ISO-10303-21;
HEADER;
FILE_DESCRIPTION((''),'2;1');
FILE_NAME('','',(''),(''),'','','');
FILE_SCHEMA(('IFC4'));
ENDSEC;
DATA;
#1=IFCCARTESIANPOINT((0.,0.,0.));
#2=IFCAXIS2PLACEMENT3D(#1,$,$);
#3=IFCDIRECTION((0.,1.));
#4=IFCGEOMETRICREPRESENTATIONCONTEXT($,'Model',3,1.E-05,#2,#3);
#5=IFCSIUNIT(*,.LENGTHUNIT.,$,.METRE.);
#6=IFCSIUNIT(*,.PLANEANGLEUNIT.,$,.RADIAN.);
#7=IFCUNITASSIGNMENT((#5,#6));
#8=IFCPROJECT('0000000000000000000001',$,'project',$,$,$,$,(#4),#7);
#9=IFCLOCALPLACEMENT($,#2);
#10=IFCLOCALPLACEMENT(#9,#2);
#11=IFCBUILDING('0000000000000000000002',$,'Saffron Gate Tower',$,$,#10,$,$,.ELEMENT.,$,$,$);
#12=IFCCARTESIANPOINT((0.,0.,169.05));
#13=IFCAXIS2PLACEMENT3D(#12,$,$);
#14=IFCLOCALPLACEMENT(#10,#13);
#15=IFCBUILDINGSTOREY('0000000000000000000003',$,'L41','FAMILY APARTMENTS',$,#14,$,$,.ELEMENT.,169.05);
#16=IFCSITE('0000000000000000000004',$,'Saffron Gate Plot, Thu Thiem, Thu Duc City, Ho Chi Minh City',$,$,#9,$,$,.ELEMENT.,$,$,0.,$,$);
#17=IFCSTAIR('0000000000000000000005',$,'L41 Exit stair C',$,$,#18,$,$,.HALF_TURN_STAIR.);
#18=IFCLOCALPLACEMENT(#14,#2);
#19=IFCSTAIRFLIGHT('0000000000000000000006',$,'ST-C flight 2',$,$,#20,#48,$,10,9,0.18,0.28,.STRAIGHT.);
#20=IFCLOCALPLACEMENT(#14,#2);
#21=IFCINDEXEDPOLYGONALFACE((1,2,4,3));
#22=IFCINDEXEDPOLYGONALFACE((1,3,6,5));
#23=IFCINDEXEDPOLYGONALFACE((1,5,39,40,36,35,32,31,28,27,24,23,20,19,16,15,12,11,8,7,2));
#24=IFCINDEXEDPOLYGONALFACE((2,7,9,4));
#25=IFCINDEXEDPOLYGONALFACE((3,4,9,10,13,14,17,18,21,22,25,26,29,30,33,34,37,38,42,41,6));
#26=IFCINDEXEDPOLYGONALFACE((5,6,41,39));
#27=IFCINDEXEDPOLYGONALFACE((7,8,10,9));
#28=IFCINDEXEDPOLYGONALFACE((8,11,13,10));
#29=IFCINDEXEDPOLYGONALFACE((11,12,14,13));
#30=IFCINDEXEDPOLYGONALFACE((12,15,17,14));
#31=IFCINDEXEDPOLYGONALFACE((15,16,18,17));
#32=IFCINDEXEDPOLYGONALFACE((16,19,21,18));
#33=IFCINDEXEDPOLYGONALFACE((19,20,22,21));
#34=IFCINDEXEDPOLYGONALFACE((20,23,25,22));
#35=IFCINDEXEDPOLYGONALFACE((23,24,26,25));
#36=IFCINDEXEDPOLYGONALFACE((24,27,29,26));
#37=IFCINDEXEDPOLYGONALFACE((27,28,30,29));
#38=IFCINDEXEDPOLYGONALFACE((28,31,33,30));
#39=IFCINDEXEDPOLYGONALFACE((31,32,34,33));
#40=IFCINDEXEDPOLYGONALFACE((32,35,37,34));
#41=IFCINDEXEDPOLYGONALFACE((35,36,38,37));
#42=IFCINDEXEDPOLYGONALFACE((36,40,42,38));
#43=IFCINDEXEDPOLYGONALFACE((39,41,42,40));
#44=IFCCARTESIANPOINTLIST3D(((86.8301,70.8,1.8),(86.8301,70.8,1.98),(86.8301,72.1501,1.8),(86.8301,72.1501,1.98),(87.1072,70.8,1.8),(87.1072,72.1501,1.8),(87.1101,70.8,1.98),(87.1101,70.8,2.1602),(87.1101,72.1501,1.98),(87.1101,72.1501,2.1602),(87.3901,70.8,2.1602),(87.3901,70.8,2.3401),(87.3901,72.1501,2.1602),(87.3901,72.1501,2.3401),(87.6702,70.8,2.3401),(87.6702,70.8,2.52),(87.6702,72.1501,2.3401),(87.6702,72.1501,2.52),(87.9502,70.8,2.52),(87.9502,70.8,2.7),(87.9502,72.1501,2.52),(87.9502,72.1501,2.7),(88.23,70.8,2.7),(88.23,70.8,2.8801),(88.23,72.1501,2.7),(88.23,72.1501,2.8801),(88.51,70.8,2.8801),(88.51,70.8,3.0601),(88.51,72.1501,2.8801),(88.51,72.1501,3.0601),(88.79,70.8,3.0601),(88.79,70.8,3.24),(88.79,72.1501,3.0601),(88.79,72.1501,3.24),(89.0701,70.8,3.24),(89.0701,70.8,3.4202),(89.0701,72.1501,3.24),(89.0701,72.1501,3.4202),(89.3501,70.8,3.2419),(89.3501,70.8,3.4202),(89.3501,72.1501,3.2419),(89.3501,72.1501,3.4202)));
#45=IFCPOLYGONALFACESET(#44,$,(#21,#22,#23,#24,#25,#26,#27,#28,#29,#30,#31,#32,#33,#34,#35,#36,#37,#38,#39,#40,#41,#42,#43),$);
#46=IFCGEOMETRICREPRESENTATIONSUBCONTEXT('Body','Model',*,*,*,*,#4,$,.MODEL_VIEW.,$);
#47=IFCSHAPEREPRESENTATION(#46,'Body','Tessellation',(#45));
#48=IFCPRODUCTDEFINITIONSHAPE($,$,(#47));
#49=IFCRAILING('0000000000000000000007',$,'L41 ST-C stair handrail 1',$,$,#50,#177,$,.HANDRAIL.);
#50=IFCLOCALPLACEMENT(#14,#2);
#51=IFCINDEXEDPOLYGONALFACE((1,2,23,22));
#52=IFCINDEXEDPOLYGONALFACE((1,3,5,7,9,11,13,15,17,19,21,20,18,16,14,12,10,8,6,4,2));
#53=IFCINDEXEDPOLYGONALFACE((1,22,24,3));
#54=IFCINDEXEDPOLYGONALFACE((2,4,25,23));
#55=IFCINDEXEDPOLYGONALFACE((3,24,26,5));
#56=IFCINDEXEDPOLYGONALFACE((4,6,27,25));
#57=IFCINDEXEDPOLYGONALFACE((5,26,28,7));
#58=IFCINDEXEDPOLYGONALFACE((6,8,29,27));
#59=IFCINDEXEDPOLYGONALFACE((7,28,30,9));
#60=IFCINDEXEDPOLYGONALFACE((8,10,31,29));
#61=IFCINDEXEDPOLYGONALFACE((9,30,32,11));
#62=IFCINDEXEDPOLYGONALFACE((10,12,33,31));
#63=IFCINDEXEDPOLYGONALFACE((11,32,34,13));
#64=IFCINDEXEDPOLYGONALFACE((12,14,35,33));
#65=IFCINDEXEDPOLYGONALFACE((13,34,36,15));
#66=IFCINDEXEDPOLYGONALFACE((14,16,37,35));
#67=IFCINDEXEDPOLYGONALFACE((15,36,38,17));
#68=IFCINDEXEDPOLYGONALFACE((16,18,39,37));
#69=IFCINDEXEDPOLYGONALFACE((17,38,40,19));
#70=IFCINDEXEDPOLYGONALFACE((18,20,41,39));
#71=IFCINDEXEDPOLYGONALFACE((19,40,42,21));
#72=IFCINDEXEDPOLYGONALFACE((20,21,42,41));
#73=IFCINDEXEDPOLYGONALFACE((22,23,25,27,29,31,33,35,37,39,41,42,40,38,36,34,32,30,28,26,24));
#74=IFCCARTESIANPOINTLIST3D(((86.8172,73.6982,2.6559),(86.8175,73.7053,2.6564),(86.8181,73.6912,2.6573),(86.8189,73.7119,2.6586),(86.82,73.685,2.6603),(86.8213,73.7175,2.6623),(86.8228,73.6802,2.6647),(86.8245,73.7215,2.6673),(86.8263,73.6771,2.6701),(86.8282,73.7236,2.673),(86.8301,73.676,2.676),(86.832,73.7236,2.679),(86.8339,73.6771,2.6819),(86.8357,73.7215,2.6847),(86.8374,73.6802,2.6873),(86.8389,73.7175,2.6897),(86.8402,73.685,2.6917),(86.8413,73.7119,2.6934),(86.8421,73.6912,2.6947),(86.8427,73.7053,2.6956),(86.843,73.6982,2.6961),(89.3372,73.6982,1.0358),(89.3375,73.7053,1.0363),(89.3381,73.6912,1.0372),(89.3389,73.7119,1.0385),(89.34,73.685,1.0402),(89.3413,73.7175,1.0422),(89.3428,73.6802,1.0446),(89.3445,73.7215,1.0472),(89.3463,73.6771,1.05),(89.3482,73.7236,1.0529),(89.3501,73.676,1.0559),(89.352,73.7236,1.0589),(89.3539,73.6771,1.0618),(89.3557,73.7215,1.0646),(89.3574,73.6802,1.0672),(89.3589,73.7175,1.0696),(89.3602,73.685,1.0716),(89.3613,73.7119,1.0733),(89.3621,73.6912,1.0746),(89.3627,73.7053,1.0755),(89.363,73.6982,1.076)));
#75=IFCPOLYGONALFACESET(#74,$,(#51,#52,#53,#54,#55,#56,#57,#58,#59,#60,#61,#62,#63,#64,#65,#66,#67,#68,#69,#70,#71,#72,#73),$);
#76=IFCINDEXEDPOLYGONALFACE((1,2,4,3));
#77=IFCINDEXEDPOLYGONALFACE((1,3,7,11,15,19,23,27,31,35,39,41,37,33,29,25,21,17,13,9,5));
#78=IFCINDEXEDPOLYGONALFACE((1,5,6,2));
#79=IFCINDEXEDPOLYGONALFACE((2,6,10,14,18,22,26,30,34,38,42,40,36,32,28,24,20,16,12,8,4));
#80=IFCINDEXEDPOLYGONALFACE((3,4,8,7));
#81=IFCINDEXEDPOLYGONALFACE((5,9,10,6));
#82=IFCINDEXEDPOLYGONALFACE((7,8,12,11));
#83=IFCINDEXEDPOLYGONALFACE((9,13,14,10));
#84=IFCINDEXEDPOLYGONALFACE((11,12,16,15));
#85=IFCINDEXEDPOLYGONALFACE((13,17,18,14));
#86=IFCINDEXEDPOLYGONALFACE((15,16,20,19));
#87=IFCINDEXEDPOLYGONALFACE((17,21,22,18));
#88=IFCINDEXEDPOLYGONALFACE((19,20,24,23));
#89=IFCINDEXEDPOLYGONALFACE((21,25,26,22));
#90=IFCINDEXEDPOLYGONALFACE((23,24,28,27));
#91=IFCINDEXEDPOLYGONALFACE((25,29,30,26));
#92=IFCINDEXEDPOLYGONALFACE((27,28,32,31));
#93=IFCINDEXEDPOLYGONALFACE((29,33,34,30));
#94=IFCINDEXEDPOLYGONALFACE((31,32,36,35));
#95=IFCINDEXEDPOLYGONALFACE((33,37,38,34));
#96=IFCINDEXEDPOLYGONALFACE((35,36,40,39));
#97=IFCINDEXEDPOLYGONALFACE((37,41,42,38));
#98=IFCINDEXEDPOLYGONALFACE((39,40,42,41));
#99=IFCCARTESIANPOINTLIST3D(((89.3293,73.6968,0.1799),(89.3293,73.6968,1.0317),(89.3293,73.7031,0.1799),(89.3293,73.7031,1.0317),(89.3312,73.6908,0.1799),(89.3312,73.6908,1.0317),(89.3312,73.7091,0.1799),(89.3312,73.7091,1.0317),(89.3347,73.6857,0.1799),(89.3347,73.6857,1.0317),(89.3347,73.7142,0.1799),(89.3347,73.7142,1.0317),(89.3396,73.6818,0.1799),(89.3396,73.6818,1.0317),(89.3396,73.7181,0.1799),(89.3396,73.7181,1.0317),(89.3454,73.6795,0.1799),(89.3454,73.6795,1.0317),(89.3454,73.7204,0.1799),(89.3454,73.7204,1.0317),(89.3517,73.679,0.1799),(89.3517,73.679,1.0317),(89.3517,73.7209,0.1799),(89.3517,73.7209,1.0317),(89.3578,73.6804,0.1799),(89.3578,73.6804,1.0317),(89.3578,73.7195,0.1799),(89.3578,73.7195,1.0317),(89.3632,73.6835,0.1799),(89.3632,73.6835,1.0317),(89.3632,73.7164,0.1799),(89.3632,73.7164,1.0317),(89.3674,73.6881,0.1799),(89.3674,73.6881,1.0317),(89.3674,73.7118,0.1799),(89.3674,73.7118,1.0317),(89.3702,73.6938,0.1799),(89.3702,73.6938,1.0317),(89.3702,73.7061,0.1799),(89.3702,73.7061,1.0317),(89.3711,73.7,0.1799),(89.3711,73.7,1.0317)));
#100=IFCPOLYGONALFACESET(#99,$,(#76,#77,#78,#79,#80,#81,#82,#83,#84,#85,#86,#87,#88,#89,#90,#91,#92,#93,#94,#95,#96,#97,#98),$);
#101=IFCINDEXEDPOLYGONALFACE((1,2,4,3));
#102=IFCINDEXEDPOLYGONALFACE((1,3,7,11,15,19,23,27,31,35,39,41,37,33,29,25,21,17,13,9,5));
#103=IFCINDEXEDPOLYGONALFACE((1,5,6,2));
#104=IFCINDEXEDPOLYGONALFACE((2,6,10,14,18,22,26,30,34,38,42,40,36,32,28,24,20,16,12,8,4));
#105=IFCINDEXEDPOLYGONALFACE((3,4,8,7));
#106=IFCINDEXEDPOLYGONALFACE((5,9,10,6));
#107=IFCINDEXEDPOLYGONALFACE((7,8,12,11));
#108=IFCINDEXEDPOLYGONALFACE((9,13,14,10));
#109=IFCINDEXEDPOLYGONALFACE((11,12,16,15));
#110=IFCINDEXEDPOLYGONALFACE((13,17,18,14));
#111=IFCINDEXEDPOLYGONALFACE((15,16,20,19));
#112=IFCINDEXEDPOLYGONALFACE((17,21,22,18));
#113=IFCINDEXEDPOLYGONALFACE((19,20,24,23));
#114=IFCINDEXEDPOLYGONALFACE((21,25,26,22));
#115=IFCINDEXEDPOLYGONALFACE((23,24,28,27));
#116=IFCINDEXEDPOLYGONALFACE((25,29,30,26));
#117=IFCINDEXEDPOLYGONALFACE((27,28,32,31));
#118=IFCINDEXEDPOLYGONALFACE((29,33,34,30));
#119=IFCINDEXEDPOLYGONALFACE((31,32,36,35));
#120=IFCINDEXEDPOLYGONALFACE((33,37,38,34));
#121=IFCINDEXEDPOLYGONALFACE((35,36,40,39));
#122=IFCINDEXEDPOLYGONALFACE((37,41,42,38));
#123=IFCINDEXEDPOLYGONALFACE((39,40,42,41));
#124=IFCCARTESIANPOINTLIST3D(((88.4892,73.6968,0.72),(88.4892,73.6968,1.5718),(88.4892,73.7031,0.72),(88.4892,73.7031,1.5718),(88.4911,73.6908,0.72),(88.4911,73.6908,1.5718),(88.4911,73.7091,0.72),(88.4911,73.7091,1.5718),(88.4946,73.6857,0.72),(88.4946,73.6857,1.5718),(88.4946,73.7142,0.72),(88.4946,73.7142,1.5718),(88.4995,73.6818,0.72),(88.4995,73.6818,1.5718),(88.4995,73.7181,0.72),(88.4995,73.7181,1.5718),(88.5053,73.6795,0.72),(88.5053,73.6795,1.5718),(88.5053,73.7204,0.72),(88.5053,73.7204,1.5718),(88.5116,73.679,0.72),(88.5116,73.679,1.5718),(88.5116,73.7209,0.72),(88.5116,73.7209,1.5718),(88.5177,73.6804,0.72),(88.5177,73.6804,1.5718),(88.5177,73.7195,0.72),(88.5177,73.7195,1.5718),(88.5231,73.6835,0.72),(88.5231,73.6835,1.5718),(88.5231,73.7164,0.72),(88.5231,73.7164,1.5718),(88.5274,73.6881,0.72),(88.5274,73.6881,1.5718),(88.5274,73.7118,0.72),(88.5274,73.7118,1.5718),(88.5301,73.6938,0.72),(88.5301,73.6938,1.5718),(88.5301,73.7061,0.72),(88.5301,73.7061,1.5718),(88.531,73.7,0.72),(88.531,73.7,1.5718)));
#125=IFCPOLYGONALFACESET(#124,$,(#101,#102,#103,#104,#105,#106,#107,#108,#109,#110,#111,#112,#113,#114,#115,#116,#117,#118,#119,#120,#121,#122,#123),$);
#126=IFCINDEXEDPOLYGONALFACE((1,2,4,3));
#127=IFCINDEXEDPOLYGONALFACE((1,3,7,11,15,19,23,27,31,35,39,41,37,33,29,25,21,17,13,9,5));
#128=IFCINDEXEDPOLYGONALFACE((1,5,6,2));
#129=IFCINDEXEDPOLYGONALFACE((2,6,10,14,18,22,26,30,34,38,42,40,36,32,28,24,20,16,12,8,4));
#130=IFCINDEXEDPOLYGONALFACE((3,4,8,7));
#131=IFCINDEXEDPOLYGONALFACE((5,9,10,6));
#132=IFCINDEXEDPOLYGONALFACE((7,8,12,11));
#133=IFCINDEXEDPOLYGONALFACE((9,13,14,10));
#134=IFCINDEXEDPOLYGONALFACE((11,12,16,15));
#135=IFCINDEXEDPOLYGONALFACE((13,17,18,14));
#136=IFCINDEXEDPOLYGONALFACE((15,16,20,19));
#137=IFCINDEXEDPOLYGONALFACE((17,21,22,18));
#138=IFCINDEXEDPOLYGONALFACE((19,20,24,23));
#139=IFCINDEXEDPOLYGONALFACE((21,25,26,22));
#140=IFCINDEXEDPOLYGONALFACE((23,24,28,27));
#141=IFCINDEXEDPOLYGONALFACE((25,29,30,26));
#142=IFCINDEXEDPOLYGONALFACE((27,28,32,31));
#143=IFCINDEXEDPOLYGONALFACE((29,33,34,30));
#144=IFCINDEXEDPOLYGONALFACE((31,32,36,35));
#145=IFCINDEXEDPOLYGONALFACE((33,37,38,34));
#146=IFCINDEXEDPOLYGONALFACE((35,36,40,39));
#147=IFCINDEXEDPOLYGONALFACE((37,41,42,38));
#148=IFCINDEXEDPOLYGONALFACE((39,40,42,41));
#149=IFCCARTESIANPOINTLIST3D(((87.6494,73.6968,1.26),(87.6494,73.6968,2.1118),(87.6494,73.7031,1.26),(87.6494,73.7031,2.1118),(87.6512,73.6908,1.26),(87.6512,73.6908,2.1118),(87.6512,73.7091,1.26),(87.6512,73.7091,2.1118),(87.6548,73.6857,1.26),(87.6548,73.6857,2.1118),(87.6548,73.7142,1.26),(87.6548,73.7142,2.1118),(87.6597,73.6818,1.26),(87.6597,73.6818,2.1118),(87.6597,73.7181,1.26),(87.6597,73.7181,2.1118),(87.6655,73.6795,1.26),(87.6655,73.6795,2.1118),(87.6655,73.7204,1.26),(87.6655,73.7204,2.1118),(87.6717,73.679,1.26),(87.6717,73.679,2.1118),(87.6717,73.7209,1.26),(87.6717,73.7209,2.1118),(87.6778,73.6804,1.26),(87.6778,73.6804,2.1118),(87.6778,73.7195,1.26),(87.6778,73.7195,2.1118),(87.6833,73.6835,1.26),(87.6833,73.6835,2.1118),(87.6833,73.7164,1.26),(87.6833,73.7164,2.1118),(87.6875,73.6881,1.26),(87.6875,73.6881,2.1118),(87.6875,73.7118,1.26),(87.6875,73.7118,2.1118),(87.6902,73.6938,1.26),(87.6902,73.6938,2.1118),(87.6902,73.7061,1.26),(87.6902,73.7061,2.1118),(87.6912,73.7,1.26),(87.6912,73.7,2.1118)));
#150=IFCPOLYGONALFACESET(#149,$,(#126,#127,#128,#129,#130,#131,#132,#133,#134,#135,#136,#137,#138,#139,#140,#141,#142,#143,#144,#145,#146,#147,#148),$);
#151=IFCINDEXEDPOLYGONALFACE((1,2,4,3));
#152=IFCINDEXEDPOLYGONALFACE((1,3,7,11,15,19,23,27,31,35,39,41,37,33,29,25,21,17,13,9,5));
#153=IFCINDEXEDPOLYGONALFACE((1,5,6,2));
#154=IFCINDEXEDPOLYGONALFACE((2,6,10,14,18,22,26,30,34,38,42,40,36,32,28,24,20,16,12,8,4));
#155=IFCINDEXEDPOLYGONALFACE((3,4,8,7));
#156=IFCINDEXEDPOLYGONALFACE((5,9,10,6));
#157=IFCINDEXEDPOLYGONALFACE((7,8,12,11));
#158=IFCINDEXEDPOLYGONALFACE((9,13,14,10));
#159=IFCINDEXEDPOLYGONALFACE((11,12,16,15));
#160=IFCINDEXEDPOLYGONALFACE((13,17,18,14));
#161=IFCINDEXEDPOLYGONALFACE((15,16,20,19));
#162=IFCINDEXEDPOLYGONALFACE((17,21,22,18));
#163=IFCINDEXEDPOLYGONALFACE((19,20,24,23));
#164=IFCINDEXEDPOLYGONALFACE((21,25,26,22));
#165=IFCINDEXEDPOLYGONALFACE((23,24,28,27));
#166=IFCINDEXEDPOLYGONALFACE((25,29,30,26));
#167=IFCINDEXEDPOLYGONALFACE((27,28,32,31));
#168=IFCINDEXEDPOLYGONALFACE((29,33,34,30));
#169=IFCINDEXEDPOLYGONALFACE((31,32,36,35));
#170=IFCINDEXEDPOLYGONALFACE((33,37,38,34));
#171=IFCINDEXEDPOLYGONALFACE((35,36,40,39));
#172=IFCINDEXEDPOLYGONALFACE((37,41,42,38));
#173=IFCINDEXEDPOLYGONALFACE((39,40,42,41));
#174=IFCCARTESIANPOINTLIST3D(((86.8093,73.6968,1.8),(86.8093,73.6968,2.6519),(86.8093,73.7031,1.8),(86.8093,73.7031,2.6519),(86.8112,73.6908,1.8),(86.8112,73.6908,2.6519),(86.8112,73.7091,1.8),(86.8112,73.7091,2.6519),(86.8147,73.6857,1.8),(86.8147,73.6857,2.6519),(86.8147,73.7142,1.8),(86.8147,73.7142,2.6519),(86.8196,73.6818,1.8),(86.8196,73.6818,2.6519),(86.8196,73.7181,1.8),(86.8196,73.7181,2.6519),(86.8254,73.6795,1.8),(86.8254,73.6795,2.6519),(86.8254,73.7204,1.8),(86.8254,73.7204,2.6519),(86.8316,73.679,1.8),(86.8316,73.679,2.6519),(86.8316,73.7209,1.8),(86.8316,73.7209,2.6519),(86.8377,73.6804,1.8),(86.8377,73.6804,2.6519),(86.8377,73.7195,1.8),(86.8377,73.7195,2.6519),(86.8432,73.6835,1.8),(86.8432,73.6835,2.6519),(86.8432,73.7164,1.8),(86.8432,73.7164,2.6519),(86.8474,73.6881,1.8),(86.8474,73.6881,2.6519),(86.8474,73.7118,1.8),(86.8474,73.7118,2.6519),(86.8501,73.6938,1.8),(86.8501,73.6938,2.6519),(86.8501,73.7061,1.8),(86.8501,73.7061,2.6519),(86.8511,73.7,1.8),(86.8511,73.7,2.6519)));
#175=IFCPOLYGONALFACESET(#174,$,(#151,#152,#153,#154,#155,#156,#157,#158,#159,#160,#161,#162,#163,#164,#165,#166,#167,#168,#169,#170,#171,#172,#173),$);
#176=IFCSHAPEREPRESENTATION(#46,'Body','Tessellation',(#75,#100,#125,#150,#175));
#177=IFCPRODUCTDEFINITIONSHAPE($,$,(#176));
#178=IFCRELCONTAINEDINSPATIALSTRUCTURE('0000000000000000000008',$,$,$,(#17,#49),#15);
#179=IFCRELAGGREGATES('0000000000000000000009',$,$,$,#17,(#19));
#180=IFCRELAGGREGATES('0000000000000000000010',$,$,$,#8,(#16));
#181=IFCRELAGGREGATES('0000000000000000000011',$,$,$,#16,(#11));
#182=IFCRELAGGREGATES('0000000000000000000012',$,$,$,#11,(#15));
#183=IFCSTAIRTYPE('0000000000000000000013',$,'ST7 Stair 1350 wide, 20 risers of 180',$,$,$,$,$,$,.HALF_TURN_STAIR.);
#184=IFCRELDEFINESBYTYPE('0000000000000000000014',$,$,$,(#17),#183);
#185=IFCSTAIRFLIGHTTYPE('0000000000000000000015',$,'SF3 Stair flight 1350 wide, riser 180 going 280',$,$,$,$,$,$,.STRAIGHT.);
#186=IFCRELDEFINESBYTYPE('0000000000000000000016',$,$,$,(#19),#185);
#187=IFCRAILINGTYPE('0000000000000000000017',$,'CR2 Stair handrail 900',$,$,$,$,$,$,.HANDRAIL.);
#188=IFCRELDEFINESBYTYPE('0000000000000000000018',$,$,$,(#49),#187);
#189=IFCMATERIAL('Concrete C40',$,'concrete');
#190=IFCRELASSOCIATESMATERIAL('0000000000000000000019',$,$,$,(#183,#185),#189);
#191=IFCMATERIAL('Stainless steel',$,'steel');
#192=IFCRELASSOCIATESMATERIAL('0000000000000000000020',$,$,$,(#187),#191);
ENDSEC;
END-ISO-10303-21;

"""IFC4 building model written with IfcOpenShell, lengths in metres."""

from ifc_helpers import new_model, si_unit, direction, frame, origin, origin_2d, place, context, subcontext, project, spatial, polyline, circle, outline, extrude, material, type_object, element, aggregate, save


model = new_model("IFC4")

# Units and contexts
model_context = context("Model", 3, precision=1e-05, world=origin(), true_north=direction((0.0, 1.0)))
body_context = subcontext(model_context, "Body", "Model", "MODEL_VIEW")
ifc_project = project(units=[si_unit("LENGTHUNIT", "METRE"), si_unit("PLANEANGLEUNIT", "RADIAN")], contexts=[model_context])

# Site, building, storey
site_placement = place(None, origin())
site = spatial("IfcSite", under=ifc_project, at=site_placement, Name="Saffron Gate Plot, Thu Thiem, Thu Duc City, Ho Chi Minh City", CompositionType="ELEMENT", RefElevation=0.0)
building_placement = place(site_placement, origin())
building = spatial("IfcBuilding", under=site, at=building_placement, Name="Saffron Gate Tower", CompositionType="ELEMENT")
storey_placement = place(building_placement, frame((0.0, 0.0, 169.05)))
storey = spatial("IfcBuildingStorey", under=building, at=storey_placement, Name="L41", Description="FAMILY APARTMENTS", CompositionType="ELEMENT", Elevation=169.05)

# Stair, stair flight
ifc_material_1 = material(Name="Concrete C40", Category="concrete")
stair_type = type_object("IfcStairType", Name="ST7 Stair 1350 wide, 20 risers of 180", PredefinedType="HALF_TURN_STAIR", material=ifc_material_1)
stair_placement = place(storey_placement, origin())
stair = element("IfcStair", 1, at=stair_placement, inside=storey, type_object=stair_type, Name="L41 Exit stair C", PredefinedType="HALF_TURN_STAIR")
stair_flight_type = type_object("IfcStairFlightType", Name="SF3 Stair flight 1350 wide, riser 180 going 280", PredefinedType="STRAIGHT", material=ifc_material_1)
stair_flight_1_placement = place(storey_placement, frame((86.8301, 71.4751, 1.8), z_axis=(0.0, 0.0, 1.0), x_axis=(1.0, 0.0, 0.0)))
stair_flight_1 = element("IfcStairFlight", 2, at=stair_flight_1_placement, type_object=stair_flight_type, Name="ST-C flight 2", NumberOfRisers=10, NumberOfTreads=9, PredefinedType="STRAIGHT", RiserHeight=0.18, TreadLength=0.28, context=body_context, shape_type="SweptSolid", body=[
    extrude(outline(polyline([(0.0, 0.0), (0.0, 0.1799), (0.28, 0.1799), (0.28, 0.3601), (0.5601, 0.3601), (0.5601, 0.54), (0.8401, 0.54), (0.8401, 0.72), (1.1201, 0.72), (1.1201, 0.8999), (1.3999, 0.8999), (1.3999, 1.0801), (1.6799, 1.0801), (1.6799, 1.26), (1.96, 1.26), (1.96, 1.4399), (2.24, 1.4399), (2.24, 1.6201), (2.52, 1.6201), (2.52, 1.8), (2.52, 1.4419), (0.2771, 0.0), (0.0, 0.0)])), frame((0.0, 0.675, 0.0), z_axis=(0.0, -1.0, 0.0), x_axis=(1.0, 0.0, 0.0)), (0.0, 0.0, 1.0), 1.3501),
])
aggregate(stair, [stair_flight_1])

# Railing
ifc_material_2 = material(Name="Stainless steel", Category="steel")
railing_type_1 = type_object("IfcRailingType", Name="CR2 Stair handrail 900", PredefinedType="HANDRAIL", material=ifc_material_2)
railing_1_placement = place(storey_placement, frame((89.3501, 73.7, 0.1799)))
element("IfcRailing", 3, at=railing_1_placement, inside=storey, type_object=railing_type_1, Name="L41 ST-C stair handrail 1", PredefinedType="HANDRAIL", context=body_context, shape_type="SweptSolid", body=[
    extrude(circle(Radius=0.0239, at=origin_2d()), frame((0.0, 0.0, 0.876), z_axis=(-0.841163, 0.0, 0.540782), x_axis=(0.0, -1.0, 0.0)), (0.0, 0.0, 1.0), 2.9958),
    extrude(circle(Radius=0.021, at=origin_2d()), origin(), (0.0, 0.0, 1.0), 0.8518),
    extrude(circle(Radius=0.021, at=origin_2d()), frame((-0.8401, 0.0, 0.54)), (0.0, 0.0, 1.0), 0.8518),
    extrude(circle(Radius=0.021, at=origin_2d()), frame((-1.6799, 0.0, 1.0801)), (0.0, 0.0, 1.0), 0.8518),
    extrude(circle(Radius=0.021, at=origin_2d()), frame((-2.52, 0.0, 1.6201)), (0.0, 0.0, 1.0), 0.8518),
])

save(model, "model.ifc")
